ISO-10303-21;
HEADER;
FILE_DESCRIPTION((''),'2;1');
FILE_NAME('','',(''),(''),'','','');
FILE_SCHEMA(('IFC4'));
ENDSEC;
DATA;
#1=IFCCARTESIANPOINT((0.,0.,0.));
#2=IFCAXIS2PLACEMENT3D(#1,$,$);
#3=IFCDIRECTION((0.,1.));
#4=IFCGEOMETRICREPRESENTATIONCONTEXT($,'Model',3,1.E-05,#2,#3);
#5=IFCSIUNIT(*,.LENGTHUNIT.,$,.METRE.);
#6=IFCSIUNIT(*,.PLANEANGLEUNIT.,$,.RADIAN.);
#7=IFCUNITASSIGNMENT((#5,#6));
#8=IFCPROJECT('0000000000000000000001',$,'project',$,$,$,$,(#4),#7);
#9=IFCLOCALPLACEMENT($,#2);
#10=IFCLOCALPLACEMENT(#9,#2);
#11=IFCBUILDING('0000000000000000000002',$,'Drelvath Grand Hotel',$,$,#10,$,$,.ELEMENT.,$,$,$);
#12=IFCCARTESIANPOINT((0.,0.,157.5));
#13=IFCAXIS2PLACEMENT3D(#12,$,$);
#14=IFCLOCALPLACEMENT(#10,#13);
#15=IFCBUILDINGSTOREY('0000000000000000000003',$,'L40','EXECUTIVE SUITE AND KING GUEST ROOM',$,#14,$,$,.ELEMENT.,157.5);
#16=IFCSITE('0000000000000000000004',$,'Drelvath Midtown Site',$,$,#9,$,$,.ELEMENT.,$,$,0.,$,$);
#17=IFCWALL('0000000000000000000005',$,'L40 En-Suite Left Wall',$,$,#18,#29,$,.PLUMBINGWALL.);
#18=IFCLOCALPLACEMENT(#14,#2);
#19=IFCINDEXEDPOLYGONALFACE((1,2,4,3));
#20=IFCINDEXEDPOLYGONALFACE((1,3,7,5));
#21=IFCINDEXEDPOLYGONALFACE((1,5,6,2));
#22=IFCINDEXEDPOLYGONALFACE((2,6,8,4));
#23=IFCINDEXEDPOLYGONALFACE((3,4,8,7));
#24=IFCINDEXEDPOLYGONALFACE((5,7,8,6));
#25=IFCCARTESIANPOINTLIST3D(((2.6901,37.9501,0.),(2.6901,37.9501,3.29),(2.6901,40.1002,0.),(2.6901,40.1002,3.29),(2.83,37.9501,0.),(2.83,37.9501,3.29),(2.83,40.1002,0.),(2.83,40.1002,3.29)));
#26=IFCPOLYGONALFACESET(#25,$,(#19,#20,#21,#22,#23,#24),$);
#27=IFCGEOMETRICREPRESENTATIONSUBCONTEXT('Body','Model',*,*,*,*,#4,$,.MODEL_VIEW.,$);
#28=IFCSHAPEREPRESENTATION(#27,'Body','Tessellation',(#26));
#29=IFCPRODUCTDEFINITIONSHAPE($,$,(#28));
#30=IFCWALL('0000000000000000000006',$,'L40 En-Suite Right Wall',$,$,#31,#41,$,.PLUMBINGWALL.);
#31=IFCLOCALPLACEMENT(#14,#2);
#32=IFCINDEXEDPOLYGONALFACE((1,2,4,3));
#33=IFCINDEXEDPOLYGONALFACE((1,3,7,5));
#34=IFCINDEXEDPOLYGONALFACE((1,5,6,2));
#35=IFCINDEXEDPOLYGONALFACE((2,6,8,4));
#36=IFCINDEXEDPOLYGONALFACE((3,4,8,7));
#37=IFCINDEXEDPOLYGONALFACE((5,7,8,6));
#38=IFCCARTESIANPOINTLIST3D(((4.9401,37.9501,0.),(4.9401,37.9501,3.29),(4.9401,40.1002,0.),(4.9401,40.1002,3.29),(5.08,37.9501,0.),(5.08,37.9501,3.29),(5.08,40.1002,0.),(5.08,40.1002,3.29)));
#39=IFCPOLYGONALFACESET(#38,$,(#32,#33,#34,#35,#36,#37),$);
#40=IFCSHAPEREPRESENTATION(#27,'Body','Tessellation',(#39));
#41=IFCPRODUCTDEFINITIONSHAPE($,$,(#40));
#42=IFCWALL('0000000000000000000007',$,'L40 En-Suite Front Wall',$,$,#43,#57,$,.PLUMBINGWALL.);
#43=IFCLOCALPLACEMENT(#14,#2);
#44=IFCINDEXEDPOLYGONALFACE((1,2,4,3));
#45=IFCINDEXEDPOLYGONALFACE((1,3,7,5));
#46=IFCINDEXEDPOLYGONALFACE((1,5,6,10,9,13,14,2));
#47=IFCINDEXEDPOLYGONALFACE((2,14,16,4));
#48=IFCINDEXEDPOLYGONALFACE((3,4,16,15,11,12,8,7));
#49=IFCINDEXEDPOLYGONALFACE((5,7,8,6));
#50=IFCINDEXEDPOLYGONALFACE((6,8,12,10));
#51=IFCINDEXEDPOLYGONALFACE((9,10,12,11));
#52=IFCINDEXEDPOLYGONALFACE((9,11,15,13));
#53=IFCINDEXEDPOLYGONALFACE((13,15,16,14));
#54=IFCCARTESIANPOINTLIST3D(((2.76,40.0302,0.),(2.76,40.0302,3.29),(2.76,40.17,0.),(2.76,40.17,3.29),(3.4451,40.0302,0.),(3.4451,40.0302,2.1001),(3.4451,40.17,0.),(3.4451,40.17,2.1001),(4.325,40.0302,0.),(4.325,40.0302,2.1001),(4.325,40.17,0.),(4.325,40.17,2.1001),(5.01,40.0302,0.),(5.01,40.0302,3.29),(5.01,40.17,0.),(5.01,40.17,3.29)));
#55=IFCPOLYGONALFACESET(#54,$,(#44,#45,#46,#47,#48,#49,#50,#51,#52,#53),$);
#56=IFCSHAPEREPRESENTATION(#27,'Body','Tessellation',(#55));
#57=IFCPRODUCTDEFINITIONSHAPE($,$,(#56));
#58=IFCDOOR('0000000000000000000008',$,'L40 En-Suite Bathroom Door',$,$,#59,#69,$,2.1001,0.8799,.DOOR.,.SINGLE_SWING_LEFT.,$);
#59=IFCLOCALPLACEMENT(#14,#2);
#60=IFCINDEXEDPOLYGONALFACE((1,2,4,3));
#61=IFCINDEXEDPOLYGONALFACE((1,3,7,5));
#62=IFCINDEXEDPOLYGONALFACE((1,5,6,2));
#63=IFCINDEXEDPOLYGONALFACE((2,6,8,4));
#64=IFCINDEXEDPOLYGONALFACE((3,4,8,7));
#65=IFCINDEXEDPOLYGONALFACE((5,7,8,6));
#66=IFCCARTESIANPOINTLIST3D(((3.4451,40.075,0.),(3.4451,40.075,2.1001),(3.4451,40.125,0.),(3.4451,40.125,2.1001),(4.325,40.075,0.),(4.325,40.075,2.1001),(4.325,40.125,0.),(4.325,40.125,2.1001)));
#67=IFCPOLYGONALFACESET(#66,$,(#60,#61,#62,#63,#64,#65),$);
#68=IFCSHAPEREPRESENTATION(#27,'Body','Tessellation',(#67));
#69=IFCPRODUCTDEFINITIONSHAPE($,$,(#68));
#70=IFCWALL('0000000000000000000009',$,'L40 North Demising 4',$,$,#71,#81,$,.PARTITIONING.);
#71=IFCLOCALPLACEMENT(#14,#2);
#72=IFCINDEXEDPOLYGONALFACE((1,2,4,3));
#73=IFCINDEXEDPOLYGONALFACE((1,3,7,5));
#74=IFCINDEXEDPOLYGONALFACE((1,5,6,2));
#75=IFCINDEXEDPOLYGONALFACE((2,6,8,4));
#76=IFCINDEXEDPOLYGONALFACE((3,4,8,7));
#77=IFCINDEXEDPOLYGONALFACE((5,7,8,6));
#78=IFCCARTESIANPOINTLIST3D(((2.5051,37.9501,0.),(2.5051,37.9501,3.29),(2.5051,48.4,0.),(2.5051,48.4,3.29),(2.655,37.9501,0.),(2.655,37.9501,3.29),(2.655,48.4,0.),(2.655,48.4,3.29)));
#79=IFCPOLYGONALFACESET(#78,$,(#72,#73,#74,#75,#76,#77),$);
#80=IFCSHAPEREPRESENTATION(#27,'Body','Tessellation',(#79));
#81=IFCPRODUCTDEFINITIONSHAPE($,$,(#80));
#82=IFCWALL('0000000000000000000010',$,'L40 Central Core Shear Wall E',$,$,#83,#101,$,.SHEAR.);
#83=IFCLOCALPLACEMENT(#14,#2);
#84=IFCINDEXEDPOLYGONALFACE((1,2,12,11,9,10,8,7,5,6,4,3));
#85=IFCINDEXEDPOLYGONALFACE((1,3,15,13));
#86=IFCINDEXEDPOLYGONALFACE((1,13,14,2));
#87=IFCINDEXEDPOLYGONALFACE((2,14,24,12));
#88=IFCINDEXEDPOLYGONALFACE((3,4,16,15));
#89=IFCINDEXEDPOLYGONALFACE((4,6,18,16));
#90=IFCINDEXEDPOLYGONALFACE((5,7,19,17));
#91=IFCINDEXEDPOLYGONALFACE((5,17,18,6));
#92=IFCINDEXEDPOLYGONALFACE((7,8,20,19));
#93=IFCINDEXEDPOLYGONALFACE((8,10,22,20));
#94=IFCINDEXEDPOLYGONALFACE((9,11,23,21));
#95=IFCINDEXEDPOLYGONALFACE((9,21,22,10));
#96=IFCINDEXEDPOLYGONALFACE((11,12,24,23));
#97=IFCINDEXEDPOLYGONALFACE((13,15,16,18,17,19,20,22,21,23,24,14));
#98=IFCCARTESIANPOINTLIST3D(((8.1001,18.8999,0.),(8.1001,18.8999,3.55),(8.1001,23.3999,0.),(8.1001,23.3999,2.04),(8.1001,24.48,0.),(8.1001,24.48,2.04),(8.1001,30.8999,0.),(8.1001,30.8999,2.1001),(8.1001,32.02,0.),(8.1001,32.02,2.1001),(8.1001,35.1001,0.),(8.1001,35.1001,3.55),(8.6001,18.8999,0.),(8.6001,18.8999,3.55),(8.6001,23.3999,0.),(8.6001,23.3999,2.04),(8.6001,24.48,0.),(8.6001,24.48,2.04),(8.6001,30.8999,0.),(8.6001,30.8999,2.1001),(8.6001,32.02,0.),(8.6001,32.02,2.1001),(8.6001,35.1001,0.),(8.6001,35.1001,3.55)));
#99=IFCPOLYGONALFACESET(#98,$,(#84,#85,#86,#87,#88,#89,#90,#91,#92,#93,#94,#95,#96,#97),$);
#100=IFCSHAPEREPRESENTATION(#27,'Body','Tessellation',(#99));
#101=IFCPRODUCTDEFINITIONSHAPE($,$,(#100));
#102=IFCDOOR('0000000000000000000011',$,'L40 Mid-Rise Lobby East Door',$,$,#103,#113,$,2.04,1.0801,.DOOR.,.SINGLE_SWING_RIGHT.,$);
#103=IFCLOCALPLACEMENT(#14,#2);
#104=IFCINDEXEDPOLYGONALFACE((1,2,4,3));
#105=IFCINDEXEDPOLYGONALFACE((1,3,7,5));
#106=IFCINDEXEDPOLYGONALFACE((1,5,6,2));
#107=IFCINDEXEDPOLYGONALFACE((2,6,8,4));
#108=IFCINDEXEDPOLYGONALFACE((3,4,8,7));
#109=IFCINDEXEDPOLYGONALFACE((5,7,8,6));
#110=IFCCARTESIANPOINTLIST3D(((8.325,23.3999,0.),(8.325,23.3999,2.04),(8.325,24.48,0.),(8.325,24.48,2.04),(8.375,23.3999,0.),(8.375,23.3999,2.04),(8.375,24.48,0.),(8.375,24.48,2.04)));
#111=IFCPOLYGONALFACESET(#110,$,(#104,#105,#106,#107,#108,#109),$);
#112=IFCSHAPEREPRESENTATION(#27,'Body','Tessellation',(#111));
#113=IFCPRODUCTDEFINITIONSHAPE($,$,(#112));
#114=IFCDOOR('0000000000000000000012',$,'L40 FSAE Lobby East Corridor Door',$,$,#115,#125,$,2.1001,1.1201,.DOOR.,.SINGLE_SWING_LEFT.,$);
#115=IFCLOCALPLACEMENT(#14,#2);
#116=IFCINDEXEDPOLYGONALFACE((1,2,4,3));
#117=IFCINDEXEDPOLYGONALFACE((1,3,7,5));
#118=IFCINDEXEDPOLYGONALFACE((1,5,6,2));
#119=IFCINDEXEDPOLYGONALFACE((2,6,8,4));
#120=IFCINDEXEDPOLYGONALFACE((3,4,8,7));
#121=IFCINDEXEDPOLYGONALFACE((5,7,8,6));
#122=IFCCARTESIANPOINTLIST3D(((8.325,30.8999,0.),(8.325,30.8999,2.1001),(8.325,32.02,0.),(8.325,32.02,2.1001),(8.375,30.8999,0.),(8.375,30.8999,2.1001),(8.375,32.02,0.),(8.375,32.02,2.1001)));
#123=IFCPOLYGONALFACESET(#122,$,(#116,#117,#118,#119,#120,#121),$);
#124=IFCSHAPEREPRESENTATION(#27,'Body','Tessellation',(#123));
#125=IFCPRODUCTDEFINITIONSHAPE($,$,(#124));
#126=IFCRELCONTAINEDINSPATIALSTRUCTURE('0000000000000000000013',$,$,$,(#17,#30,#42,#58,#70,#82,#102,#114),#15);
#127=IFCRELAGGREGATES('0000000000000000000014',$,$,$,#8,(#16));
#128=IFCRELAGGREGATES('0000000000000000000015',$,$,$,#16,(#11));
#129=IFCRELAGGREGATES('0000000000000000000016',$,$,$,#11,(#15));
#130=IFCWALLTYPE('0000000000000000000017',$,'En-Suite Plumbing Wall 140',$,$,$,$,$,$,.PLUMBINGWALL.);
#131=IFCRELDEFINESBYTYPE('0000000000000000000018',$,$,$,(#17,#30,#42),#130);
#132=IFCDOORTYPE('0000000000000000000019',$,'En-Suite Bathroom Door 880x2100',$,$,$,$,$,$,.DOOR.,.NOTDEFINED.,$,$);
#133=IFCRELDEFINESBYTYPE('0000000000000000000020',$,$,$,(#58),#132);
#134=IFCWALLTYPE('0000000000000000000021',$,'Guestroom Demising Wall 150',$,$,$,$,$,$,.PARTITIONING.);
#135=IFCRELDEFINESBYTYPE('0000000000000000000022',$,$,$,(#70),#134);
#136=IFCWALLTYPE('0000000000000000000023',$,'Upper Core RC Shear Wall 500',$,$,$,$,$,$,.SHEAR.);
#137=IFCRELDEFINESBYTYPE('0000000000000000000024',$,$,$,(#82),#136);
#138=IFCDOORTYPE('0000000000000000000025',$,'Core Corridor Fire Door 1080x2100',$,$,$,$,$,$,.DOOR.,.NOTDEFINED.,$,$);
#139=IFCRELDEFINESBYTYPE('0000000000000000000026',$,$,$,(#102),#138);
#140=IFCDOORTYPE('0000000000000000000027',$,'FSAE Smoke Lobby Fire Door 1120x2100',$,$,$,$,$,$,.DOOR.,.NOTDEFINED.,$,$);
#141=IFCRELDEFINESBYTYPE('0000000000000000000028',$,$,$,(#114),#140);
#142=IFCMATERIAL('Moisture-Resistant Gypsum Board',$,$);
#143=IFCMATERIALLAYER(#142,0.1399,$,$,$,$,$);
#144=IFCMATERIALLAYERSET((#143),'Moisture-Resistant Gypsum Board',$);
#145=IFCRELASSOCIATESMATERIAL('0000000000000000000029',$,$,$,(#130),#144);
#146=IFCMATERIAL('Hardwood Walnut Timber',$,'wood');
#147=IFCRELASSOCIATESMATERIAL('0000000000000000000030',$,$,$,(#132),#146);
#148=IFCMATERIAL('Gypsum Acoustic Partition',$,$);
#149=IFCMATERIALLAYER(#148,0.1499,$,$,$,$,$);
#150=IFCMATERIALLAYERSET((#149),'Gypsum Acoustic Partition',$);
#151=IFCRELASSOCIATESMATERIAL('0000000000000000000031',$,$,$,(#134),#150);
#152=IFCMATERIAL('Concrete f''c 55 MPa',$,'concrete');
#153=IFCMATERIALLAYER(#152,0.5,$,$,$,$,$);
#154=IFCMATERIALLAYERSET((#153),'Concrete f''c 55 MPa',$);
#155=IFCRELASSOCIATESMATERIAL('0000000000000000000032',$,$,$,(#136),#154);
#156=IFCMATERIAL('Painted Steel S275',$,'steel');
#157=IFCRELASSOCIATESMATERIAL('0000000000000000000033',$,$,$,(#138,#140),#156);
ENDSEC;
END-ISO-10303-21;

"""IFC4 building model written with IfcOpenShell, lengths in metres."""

from ifc_helpers import new_model, si_unit, direction, frame, frame_2d, origin, place, context, subcontext, project, spatial, rectangle, extrude, material, layer, layer_set, type_object, element, fill, save


model = new_model("IFC4")

# Units and contexts
model_context = context("Model", 3, precision=1e-05, world=origin(), true_north=direction((0.0, 1.0)))
body_context = subcontext(model_context, "Body", "Model", "MODEL_VIEW")
ifc_project = project(units=[si_unit("LENGTHUNIT", "METRE"), si_unit("PLANEANGLEUNIT", "RADIAN")], contexts=[model_context])

# Site, building, storey
site_placement = place(None, origin())
site = spatial("IfcSite", under=ifc_project, at=site_placement, Name="Drelvath Midtown Site", CompositionType="ELEMENT", RefElevation=0.0)
building_placement = place(site_placement, origin())
building = spatial("IfcBuilding", under=site, at=building_placement, Name="Drelvath Grand Hotel", CompositionType="ELEMENT")
storey_placement = place(building_placement, frame((0.0, 0.0, 157.5)))
storey = spatial("IfcBuildingStorey", under=building, at=storey_placement, Name="L40", Description="EXECUTIVE SUITE AND KING GUEST ROOM", CompositionType="ELEMENT", Elevation=157.5)

# Walls
ifc_material_1 = material(Name="Moisture-Resistant Gypsum Board")
ifc_layer_1 = layer(ifc_material_1, 0.1399)
ifc_layer_set_1 = layer_set([ifc_layer_1], Name="Moisture-Resistant Gypsum Board")
wall_type_1 = type_object("IfcWallType", Name="En-Suite Plumbing Wall 140", PredefinedType="PLUMBINGWALL", material=ifc_layer_set_1)
for number, where, z_axis, x_axis, name in (
    (1, (2.76, 37.95, 0.0), (0.0, 0.0, 1.0), (0.0, 1.0, 0.0), "L40 En-Suite Left Wall"),
    (2, (5.01, 37.95, 0.0), (0.0, 0.0, 1.0), (0.0, 1.0, 0.0), "L40 En-Suite Right Wall"),
):
    element("IfcWall", number, at=place(storey_placement, frame(where, z_axis=z_axis, x_axis=x_axis)), inside=storey, type_object=wall_type_1, Name=name, PredefinedType="PLUMBINGWALL", context=body_context, shape_type="SweptSolid", body=[
        extrude(rectangle(XDim=2.1501, YDim=0.1399, at=frame_2d((1.0752, 0.0))), origin(), (0.0, 0.0, 1.0), 3.29),
    ])

# Wall, opening, door
wall_1_placement = place(storey_placement, frame((2.76, 40.1001, 0.0), z_axis=(0.0, 0.0, 1.0), x_axis=(1.0, 0.0, 0.0)))
wall_1 = element("IfcWall", 3, at=wall_1_placement, inside=storey, type_object=wall_type_1, Name="L40 En-Suite Front Wall", PredefinedType="PLUMBINGWALL", context=body_context, shape_type="SweptSolid", body=[
    extrude(rectangle(XDim=2.25, YDim=0.1399, at=frame_2d((1.125, 0.0))), origin(), (0.0, 0.0, 1.0), 3.29),
])
opening_1_placement = place(wall_1_placement, frame((0.6851, 0.0, 0.0)))
opening_1 = element("IfcOpeningElement", 4, at=opening_1_placement, cuts=wall_1, PredefinedType="OPENING", context=body_context, shape_type="SweptSolid", body=[
    extrude(rectangle(XDim=0.8799, YDim=2.1001, at=frame_2d((0.4399, 1.05))), frame((0.0, 0.0798, 0.0), z_axis=(0.0, -1.0, 0.0), x_axis=(1.0, 0.0, 0.0)), (0.0, 0.0, 1.0), 0.1599),
])
ifc_material_2 = material(Name="Hardwood Walnut Timber", Category="wood")
door_type_1 = type_object("IfcDoorType", Name="En-Suite Bathroom Door 880x2100", OperationType="NOTDEFINED", PredefinedType="DOOR", material=ifc_material_2)
door_1_placement = place(opening_1_placement, origin())
door_1 = element("IfcDoor", 5, at=door_1_placement, inside=storey, type_object=door_type_1, Name="L40 En-Suite Bathroom Door", OperationType="SINGLE_SWING_LEFT", OverallHeight=2.1001, OverallWidth=0.8799, PredefinedType="DOOR", context=body_context, shape_type="SweptSolid", body=[
    extrude(rectangle(XDim=0.8799, YDim=2.1001, at=frame_2d((0.4399, 1.05))), frame((0.0, 0.0249, 0.0), z_axis=(0.0, -1.0, 0.0), x_axis=(1.0, 0.0, 0.0)), (0.0, 0.0, 1.0), 0.05),
])
fill(opening_1, door_1)

# Wall
ifc_material_3 = material(Name="Gypsum Acoustic Partition")
ifc_layer_2 = layer(ifc_material_3, 0.1499)
ifc_layer_set_2 = layer_set([ifc_layer_2], Name="Gypsum Acoustic Partition")
wall_type_2 = type_object("IfcWallType", Name="Guestroom Demising Wall 150", PredefinedType="PARTITIONING", material=ifc_layer_set_2)
wall_2_placement = place(storey_placement, frame((2.5801, 37.95, 0.0), z_axis=(0.0, 0.0, 1.0), x_axis=(0.0, 1.0, 0.0)))
element("IfcWall", 6, at=wall_2_placement, inside=storey, type_object=wall_type_2, Name="L40 North Demising 4", PredefinedType="PARTITIONING", context=body_context, shape_type="SweptSolid", body=[
    extrude(rectangle(XDim=10.45, YDim=0.1499, at=frame_2d((5.2251, 0.0))), origin(), (0.0, 0.0, 1.0), 3.29),
])

# Wall, openings, doors
ifc_material_4 = material(Name="Concrete f'c 55 MPa", Category="concrete")
ifc_layer_3 = layer(ifc_material_4, 0.5)
ifc_layer_set_3 = layer_set([ifc_layer_3], Name="Concrete f'c 55 MPa")
wall_type_3 = type_object("IfcWallType", Name="Upper Core RC Shear Wall 500", PredefinedType="SHEAR", material=ifc_layer_set_3)
wall_3_placement = place(storey_placement, frame((8.3501, 35.1001, 0.0), z_axis=(0.0, 0.0, 1.0), x_axis=(0.0, -1.0, 0.0)))
wall_3 = element("IfcWall", 7, at=wall_3_placement, inside=storey, type_object=wall_type_3, Name="L40 Central Core Shear Wall E", PredefinedType="SHEAR", context=body_context, shape_type="SweptSolid", body=[
    extrude(rectangle(XDim=16.2002, YDim=0.5, at=frame_2d((8.1001, 0.0))), origin(), (0.0, 0.0, 1.0), 3.55),
])
opening_2_placement = place(wall_3_placement, frame((3.0801, 0.0, 0.0)))
opening_2 = element("IfcOpeningElement", 8, at=opening_2_placement, cuts=wall_3, PredefinedType="OPENING", context=body_context, shape_type="SweptSolid", body=[
    extrude(rectangle(XDim=1.1201, YDim=2.1001, at=frame_2d((0.5601, 1.05))), frame((0.0, 0.26, 0.0), z_axis=(0.0, -1.0, 0.0), x_axis=(1.0, 0.0, 0.0)), (0.0, 0.0, 1.0), 0.52),
])
opening_3_placement = place(wall_3_placement, frame((10.6201, 0.0, 0.0)))
opening_3 = element("IfcOpeningElement", 9, at=opening_3_placement, cuts=wall_3, PredefinedType="OPENING", context=body_context, shape_type="SweptSolid", body=[
    extrude(rectangle(XDim=1.0801, YDim=2.04, at=frame_2d((0.54, 1.02))), frame((0.0, 0.26, 0.0), z_axis=(0.0, -1.0, 0.0), x_axis=(1.0, 0.0, 0.0)), (0.0, 0.0, 1.0), 0.52),
])
ifc_material_5 = material(Name="Painted Steel S275", Category="steel")
door_type_2 = type_object("IfcDoorType", Name="Core Corridor Fire Door 1080x2100", OperationType="NOTDEFINED", PredefinedType="DOOR", material=ifc_material_5)
door_2_placement = place(opening_3_placement, origin())
door_2 = element("IfcDoor", 10, at=door_2_placement, inside=storey, type_object=door_type_2, Name="L40 Mid-Rise Lobby East Door", OperationType="SINGLE_SWING_RIGHT", OverallHeight=2.04, OverallWidth=1.0801, PredefinedType="DOOR", context=body_context, shape_type="SweptSolid", body=[
    extrude(rectangle(XDim=1.0801, YDim=2.04, at=frame_2d((0.54, 1.02))), frame((0.0, 0.0249, 0.0), z_axis=(0.0, -1.0, 0.0), x_axis=(1.0, 0.0, 0.0)), (0.0, 0.0, 1.0), 0.05),
])
fill(opening_3, door_2)
door_type_3 = type_object("IfcDoorType", Name="FSAE Smoke Lobby Fire Door 1120x2100", OperationType="NOTDEFINED", PredefinedType="DOOR", material=ifc_material_5)
door_3_placement = place(opening_2_placement, origin())
door_3 = element("IfcDoor", 11, at=door_3_placement, inside=storey, type_object=door_type_3, Name="L40 FSAE Lobby East Corridor Door", OperationType="SINGLE_SWING_LEFT", OverallHeight=2.1001, OverallWidth=1.1201, PredefinedType="DOOR", context=body_context, shape_type="SweptSolid", body=[
    extrude(rectangle(XDim=1.1201, YDim=2.1001, at=frame_2d((0.5601, 1.05))), frame((0.0, 0.0249, 0.0), z_axis=(0.0, -1.0, 0.0), x_axis=(1.0, 0.0, 0.0)), (0.0, 0.0, 1.0), 0.05),
])
fill(opening_2, door_3)

save(model, "model.ifc")
